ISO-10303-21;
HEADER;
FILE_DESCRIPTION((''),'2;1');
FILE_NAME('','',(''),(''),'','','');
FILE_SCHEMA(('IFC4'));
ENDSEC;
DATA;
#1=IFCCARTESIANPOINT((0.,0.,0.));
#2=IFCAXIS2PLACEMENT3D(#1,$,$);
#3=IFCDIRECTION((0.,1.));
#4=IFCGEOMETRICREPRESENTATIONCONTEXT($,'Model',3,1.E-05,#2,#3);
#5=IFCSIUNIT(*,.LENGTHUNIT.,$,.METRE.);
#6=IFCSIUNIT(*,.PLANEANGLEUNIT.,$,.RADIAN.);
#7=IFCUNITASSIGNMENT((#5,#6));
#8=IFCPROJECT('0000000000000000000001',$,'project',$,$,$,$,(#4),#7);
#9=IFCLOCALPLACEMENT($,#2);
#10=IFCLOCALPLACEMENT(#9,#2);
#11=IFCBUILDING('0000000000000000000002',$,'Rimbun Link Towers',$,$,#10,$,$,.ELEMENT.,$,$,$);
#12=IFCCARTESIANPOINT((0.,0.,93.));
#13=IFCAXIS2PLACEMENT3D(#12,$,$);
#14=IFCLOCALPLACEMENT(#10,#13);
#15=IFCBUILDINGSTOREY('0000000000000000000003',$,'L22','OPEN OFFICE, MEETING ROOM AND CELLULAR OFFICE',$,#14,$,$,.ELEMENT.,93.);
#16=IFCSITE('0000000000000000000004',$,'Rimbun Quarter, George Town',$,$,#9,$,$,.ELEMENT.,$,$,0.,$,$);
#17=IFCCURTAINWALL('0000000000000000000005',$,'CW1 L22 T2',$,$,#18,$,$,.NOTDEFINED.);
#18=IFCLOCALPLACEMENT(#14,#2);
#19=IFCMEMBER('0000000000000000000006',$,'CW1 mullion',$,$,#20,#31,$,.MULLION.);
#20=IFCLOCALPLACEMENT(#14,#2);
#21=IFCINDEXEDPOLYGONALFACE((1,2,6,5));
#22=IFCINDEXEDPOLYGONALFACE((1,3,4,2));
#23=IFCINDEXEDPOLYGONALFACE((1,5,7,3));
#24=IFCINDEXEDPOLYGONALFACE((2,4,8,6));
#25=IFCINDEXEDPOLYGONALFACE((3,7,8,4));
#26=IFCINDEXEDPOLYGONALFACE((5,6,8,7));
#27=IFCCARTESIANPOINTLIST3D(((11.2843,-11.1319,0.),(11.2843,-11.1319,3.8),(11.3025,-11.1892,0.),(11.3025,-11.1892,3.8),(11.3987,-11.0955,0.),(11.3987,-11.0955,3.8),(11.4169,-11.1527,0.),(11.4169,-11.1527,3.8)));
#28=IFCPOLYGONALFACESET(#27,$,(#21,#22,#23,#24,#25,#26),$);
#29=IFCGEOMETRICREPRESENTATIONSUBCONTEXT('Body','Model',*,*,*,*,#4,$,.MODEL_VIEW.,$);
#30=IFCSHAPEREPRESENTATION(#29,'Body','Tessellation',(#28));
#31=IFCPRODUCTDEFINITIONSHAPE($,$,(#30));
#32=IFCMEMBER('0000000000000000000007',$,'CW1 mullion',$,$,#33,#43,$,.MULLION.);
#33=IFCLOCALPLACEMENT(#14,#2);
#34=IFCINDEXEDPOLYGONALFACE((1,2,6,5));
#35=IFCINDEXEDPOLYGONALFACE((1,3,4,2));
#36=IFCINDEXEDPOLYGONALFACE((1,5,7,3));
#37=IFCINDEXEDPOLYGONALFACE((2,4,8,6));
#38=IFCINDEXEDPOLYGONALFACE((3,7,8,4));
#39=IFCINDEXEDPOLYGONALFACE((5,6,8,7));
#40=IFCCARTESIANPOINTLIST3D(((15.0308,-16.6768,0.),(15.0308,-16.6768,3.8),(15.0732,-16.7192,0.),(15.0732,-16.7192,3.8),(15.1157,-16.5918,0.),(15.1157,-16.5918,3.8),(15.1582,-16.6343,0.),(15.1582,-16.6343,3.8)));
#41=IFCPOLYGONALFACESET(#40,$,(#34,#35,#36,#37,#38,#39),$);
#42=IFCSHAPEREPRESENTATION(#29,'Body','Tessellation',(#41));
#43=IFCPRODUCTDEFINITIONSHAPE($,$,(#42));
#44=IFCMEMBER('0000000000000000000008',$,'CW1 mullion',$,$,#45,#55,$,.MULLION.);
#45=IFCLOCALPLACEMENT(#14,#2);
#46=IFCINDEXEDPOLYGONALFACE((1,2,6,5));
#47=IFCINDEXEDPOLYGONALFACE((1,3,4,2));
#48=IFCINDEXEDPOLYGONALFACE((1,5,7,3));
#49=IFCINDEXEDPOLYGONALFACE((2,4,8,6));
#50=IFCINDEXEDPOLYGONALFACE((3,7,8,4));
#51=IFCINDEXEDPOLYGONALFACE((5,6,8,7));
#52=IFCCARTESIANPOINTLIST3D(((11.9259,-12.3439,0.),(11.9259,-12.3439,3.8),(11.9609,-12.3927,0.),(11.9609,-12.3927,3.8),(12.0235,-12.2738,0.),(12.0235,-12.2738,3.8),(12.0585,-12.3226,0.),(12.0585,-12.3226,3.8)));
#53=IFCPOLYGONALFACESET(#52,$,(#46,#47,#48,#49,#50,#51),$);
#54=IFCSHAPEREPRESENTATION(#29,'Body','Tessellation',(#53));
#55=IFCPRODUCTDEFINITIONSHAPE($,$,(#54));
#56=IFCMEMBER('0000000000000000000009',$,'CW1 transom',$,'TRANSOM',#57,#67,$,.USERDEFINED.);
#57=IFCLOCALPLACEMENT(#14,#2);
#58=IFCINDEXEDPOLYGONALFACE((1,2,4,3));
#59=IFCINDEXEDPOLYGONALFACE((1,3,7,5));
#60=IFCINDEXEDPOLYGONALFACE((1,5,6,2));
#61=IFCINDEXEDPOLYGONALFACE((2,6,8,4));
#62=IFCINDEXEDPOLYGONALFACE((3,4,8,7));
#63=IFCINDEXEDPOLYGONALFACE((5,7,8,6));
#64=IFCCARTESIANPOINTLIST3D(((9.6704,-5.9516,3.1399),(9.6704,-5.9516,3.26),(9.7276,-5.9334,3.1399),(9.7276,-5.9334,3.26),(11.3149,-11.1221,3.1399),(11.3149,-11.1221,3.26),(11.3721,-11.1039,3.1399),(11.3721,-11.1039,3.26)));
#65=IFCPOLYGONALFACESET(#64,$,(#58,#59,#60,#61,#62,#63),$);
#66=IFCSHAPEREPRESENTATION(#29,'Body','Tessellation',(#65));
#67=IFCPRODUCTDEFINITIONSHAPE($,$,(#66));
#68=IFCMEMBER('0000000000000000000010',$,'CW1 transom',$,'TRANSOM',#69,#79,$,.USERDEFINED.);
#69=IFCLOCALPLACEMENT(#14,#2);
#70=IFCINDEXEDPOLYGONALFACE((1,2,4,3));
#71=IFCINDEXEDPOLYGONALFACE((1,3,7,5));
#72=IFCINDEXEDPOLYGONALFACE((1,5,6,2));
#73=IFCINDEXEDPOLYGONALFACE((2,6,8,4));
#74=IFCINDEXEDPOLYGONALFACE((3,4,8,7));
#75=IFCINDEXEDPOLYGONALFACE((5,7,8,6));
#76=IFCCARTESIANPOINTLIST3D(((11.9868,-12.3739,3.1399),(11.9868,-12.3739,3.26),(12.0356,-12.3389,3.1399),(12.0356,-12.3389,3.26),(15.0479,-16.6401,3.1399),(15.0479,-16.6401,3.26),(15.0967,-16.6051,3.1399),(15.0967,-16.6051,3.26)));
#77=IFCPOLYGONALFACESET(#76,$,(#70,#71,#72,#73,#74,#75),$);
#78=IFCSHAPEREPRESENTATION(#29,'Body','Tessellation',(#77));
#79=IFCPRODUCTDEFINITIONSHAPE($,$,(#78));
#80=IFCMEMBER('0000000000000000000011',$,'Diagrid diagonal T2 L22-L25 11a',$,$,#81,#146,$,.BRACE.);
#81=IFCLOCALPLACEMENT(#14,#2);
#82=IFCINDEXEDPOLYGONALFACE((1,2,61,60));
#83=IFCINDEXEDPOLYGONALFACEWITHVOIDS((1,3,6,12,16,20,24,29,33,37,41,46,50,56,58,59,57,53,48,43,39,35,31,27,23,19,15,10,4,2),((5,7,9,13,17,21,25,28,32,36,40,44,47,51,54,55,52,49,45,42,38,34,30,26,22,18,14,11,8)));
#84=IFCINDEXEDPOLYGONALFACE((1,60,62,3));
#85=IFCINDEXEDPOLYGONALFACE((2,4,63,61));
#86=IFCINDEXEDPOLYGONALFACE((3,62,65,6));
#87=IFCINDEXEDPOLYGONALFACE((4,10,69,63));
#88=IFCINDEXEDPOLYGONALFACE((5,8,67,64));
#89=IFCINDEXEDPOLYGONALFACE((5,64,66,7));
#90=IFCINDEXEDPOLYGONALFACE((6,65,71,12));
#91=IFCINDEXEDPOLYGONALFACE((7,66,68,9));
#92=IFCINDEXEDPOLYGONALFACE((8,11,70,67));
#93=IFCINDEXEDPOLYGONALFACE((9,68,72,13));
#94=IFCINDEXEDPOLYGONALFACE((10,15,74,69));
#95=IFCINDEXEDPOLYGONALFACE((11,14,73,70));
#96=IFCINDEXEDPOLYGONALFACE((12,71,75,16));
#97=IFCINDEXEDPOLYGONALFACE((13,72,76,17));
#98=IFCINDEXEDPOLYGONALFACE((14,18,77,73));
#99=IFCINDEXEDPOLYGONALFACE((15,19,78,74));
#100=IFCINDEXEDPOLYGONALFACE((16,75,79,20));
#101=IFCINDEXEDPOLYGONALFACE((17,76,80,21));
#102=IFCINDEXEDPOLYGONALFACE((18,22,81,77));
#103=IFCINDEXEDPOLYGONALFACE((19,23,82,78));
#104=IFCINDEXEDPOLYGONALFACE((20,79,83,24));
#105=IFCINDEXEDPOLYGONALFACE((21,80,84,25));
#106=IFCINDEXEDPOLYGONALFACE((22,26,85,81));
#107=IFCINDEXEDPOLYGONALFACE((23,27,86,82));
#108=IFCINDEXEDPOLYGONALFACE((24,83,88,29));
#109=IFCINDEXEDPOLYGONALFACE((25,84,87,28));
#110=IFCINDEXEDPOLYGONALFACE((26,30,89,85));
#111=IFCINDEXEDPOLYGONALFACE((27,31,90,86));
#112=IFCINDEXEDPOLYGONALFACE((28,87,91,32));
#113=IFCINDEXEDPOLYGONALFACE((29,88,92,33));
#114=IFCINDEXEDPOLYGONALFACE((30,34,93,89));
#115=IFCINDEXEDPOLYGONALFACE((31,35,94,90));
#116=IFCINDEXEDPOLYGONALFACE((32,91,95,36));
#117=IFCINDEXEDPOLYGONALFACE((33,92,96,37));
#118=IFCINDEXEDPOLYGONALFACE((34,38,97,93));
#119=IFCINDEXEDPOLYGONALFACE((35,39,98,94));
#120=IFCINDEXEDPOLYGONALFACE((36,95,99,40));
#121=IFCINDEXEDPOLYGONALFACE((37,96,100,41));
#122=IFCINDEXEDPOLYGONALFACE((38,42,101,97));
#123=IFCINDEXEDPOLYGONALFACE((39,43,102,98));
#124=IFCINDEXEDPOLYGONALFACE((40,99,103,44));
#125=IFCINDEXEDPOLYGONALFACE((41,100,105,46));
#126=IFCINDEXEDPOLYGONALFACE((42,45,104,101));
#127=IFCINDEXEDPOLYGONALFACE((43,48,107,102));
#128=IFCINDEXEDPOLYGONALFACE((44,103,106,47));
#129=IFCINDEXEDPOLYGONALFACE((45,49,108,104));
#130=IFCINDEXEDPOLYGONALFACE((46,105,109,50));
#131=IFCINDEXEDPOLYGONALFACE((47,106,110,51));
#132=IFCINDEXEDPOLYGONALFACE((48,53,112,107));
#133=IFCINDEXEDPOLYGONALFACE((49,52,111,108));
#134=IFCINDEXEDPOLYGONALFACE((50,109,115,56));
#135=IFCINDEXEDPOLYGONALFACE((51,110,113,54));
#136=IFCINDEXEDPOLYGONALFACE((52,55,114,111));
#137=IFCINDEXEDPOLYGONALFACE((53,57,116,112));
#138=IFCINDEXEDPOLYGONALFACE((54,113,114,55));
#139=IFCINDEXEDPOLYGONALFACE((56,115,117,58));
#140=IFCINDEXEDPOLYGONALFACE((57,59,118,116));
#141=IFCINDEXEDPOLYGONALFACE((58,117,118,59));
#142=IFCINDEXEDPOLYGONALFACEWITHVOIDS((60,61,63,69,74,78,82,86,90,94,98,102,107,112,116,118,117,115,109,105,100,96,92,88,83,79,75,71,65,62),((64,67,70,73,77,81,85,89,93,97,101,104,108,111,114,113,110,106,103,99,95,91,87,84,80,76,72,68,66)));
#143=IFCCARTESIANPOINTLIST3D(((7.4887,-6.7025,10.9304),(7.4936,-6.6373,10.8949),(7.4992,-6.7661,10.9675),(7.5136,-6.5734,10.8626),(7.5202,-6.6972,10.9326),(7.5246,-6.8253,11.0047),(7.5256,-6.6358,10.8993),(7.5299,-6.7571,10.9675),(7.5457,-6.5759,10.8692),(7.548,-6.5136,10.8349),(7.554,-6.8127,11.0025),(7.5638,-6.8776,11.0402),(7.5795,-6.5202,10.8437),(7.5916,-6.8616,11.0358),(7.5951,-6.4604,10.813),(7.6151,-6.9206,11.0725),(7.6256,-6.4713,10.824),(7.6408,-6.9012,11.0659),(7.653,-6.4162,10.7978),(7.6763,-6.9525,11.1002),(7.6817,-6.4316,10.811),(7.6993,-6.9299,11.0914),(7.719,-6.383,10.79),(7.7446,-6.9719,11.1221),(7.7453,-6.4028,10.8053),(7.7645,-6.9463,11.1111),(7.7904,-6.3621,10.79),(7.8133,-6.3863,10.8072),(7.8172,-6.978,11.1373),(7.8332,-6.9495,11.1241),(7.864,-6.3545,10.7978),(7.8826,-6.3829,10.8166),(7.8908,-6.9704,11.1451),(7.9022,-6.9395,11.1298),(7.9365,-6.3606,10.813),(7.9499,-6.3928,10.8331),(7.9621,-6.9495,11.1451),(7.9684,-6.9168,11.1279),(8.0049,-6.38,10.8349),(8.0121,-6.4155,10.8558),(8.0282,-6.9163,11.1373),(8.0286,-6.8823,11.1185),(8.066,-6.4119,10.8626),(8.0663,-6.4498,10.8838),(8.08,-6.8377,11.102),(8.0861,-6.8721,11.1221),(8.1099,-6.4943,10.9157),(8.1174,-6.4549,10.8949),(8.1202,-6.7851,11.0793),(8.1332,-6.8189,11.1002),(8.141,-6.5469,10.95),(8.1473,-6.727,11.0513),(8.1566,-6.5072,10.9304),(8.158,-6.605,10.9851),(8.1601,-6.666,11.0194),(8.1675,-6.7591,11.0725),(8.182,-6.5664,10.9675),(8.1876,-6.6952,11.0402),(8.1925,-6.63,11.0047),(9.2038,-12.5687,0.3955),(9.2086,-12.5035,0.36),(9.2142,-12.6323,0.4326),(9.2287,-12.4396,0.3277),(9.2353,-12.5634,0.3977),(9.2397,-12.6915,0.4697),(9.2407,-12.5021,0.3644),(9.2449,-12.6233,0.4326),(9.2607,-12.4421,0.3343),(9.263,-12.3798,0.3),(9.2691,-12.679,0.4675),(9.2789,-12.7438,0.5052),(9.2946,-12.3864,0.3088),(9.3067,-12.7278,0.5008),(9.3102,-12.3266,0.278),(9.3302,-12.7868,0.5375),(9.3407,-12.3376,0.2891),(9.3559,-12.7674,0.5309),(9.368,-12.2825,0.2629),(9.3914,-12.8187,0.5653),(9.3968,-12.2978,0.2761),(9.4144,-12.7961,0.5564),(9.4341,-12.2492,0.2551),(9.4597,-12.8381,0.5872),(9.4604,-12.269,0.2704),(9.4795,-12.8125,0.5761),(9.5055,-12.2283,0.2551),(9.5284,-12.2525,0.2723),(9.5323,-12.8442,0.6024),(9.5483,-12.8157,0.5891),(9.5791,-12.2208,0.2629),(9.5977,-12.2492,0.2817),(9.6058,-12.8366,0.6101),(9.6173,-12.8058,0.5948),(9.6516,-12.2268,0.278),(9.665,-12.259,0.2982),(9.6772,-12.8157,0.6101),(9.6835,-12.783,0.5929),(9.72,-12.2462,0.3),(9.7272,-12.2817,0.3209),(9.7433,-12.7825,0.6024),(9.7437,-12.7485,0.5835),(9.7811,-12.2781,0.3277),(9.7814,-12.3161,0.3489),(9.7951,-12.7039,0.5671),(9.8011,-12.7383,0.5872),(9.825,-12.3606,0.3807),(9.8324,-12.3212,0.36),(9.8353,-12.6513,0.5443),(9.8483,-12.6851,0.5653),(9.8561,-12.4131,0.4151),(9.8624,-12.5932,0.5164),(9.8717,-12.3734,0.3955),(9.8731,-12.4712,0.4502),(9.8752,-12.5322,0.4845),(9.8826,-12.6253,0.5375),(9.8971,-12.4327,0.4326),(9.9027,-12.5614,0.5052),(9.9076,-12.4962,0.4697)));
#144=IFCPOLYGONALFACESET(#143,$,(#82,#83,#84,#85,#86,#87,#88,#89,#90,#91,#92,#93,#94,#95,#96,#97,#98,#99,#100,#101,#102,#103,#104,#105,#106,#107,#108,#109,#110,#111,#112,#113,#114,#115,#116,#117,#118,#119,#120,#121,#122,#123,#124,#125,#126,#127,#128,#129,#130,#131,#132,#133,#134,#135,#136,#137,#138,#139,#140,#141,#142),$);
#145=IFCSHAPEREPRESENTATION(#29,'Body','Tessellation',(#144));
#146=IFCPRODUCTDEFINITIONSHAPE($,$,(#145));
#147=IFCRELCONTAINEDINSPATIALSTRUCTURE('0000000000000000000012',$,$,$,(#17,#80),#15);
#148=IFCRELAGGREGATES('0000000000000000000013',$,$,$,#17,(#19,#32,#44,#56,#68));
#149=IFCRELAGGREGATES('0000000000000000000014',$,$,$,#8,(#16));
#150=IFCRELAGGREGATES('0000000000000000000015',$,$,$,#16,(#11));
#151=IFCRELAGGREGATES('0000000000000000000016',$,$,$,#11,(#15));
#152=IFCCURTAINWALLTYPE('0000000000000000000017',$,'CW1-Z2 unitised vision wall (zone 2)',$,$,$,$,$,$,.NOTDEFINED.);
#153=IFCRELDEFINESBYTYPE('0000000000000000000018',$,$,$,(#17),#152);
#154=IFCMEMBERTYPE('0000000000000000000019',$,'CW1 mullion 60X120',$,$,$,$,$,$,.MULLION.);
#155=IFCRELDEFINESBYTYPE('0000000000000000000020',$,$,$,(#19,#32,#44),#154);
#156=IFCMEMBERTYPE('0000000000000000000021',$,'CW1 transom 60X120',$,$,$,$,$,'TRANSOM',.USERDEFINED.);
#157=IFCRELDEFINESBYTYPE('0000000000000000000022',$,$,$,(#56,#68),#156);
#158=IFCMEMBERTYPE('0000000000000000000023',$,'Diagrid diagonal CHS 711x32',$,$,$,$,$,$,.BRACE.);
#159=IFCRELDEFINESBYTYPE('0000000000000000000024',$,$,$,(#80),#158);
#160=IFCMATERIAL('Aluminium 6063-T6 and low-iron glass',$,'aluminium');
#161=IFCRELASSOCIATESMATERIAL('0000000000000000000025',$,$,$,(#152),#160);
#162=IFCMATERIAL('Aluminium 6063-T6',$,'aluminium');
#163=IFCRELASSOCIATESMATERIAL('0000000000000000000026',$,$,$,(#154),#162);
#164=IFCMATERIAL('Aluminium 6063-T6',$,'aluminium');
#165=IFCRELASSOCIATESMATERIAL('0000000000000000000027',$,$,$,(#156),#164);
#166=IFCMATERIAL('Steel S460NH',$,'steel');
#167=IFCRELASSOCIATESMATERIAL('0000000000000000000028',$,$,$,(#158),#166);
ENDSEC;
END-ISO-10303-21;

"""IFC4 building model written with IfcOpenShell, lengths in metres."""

from ifc_helpers import new_model, si_unit, direction, frame, origin, origin_2d, place, context, subcontext, project, spatial, rectangle, hollow_circle, extrude, material, material_profile, profile_set, type_object, element, aggregate, save


model = new_model("IFC4")

# Units and contexts
model_context = context("Model", 3, precision=1e-05, world=origin(), true_north=direction((0.0, 1.0)))
body_context = subcontext(model_context, "Body", "Model", "MODEL_VIEW")
ifc_project = project(units=[si_unit("LENGTHUNIT", "METRE"), si_unit("PLANEANGLEUNIT", "RADIAN")], contexts=[model_context])

# Site, building, storey
site_placement = place(None, origin())
site = spatial("IfcSite", under=ifc_project, at=site_placement, Name="Rimbun Quarter, George Town", CompositionType="ELEMENT", RefElevation=0.0)
building_placement = place(site_placement, origin())
building = spatial("IfcBuilding", under=site, at=building_placement, Name="Rimbun Link Towers", CompositionType="ELEMENT")
storey_placement = place(building_placement, frame((0.0, 0.0, 93.0)))
storey = spatial("IfcBuildingStorey", under=building, at=storey_placement, Name="L22", Description="OPEN OFFICE, MEETING ROOM AND CELLULAR OFFICE", CompositionType="ELEMENT", Elevation=93.0)

# Curtain wall, members
ifc_material_1 = material(Name="Aluminium 6063-T6 and low-iron glass", Category="aluminium")
curtain_wall_type = type_object("IfcCurtainWallType", Name="CW1-Z2 unitised vision wall (zone 2)", PredefinedType="NOTDEFINED", material=ifc_material_1)
curtain_wall_placement = place(storey_placement, origin())
curtain_wall = element("IfcCurtainWall", 1, at=curtain_wall_placement, inside=storey, type_object=curtain_wall_type, Name="CW1 L22 T2", PredefinedType="NOTDEFINED")
ifc_material_2 = material(Name="Aluminium 6063-T6", Category="aluminium")
ifc_material_profile_1 = material_profile(ifc_material_2, rectangle(XDim=0.1201, YDim=0.0601, at=origin_2d()), Name="MULLION 60X120")
ifc_profile_set_1 = profile_set([ifc_material_profile_1], Name="Aluminium 6063-T6")
member_type_1 = type_object("IfcMemberType", Name="CW1 mullion 60X120", PredefinedType="MULLION", material=ifc_profile_set_1)
member_1_placement = place(storey_placement, frame((11.3506, -11.1423, 0.0), z_axis=(0.0, 0.0, 1.0), x_axis=(-0.95297, -0.303066, 0.0)))
member_1 = element("IfcMember", 2, at=member_1_placement, type_object=member_type_1, Name="CW1 mullion", PredefinedType="MULLION", context=body_context, shape_type="SweptSolid", body=[
    extrude(rectangle(XDim=0.1201, YDim=0.0601, at=origin_2d()), origin(), (0.0, 0.0, 1.0), 3.8),
])
member_2_placement = place(storey_placement, frame((15.0945, -16.6555, 0.0), z_axis=(0.0, 0.0, 1.0), x_axis=(-0.707107, -0.707107, 0.0)))
member_2 = element("IfcMember", 3, at=member_2_placement, type_object=member_type_1, Name="CW1 mullion", PredefinedType="MULLION", context=body_context, shape_type="SweptSolid", body=[
    extrude(rectangle(XDim=0.1201, YDim=0.0601, at=origin_2d()), origin(), (0.0, 0.0, 1.0), 3.8),
])
member_3_placement = place(storey_placement, frame((11.9922, -12.3333, 0.0), z_axis=(0.0, 0.0, 1.0), x_axis=(-0.812471, -0.583002, 0.0)))
member_3 = element("IfcMember", 4, at=member_3_placement, type_object=member_type_1, Name="CW1 mullion", PredefinedType="MULLION", context=body_context, shape_type="SweptSolid", body=[
    extrude(rectangle(XDim=0.1201, YDim=0.0601, at=origin_2d()), origin(), (0.0, 0.0, 1.0), 3.8),
])
ifc_material_3 = material(Name="Aluminium 6063-T6", Category="aluminium")
ifc_material_profile_2 = material_profile(ifc_material_3, rectangle(XDim=0.0601, YDim=0.1201, at=origin_2d()), Name="TRANSOM 60X120")
ifc_profile_set_2 = profile_set([ifc_material_profile_2], Name="Aluminium 6063-T6")
member_type_2 = type_object("IfcMemberType", Name="CW1 transom 60X120", ElementType="TRANSOM", PredefinedType="USERDEFINED", material=ifc_profile_set_2)
member_4_placement = place(storey_placement, frame((11.3435, -11.113, 3.2), z_axis=(-0.30309, 0.952962, 0.0), x_axis=(-0.952962, -0.30309, 0.0)))
member_4 = element("IfcMember", 5, at=member_4_placement, type_object=member_type_2, Name="CW1 transom", ObjectType="TRANSOM", PredefinedType="USERDEFINED", context=body_context, shape_type="SweptSolid", body=[
    extrude(rectangle(XDim=0.0601, YDim=0.1201, at=origin_2d()), origin(), (0.0, 0.0, 1.0), 5.4258),
])
member_5_placement = place(storey_placement, frame((15.0723, -16.6226, 3.2), z_axis=(-0.582979, 0.812487, 0.0), x_axis=(-0.812487, -0.582979, 0.0)))
member_5 = element("IfcMember", 6, at=member_5_placement, type_object=member_type_2, Name="CW1 transom", ObjectType="TRANSOM", PredefinedType="USERDEFINED", context=body_context, shape_type="SweptSolid", body=[
    extrude(rectangle(XDim=0.0601, YDim=0.1201, at=origin_2d()), origin(), (0.0, 0.0, 1.0), 5.2507),
])

# Member
ifc_material_4 = material(Name="Steel S460NH", Category="steel")
ifc_material_profile_3 = material_profile(ifc_material_4, hollow_circle(Radius=0.3557, WallThickness=0.032, at=origin_2d()), Name="Diagrid diagonal CHS 711x32")
ifc_profile_set_3 = profile_set([ifc_material_profile_3], Name="Steel S460NH")
member_type_3 = type_object("IfcMemberType", Name="Diagrid diagonal CHS 711x32", PredefinedType="BRACE", material=ifc_profile_set_3)
member_6_placement = place(storey_placement, frame((9.5557, -12.5325, 0.4326), z_axis=(-0.140818, 0.481649, 0.864976), x_axis=(-0.959819, -0.28062, 0.0)))
element("IfcMember", 7, at=member_6_placement, inside=storey, type_object=member_type_3, Name="Diagrid diagonal T2 L22-L25 11a", PredefinedType="BRACE", context=body_context, shape_type="SweptSolid", body=[
    extrude(hollow_circle(Radius=0.3557, WallThickness=0.032, at=origin_2d()), origin(), (0.0, 0.0, 1.0), 12.1794),
])

aggregate(curtain_wall, [member_1, member_2, member_3, member_4, member_5])

save(model, "model.ifc")
